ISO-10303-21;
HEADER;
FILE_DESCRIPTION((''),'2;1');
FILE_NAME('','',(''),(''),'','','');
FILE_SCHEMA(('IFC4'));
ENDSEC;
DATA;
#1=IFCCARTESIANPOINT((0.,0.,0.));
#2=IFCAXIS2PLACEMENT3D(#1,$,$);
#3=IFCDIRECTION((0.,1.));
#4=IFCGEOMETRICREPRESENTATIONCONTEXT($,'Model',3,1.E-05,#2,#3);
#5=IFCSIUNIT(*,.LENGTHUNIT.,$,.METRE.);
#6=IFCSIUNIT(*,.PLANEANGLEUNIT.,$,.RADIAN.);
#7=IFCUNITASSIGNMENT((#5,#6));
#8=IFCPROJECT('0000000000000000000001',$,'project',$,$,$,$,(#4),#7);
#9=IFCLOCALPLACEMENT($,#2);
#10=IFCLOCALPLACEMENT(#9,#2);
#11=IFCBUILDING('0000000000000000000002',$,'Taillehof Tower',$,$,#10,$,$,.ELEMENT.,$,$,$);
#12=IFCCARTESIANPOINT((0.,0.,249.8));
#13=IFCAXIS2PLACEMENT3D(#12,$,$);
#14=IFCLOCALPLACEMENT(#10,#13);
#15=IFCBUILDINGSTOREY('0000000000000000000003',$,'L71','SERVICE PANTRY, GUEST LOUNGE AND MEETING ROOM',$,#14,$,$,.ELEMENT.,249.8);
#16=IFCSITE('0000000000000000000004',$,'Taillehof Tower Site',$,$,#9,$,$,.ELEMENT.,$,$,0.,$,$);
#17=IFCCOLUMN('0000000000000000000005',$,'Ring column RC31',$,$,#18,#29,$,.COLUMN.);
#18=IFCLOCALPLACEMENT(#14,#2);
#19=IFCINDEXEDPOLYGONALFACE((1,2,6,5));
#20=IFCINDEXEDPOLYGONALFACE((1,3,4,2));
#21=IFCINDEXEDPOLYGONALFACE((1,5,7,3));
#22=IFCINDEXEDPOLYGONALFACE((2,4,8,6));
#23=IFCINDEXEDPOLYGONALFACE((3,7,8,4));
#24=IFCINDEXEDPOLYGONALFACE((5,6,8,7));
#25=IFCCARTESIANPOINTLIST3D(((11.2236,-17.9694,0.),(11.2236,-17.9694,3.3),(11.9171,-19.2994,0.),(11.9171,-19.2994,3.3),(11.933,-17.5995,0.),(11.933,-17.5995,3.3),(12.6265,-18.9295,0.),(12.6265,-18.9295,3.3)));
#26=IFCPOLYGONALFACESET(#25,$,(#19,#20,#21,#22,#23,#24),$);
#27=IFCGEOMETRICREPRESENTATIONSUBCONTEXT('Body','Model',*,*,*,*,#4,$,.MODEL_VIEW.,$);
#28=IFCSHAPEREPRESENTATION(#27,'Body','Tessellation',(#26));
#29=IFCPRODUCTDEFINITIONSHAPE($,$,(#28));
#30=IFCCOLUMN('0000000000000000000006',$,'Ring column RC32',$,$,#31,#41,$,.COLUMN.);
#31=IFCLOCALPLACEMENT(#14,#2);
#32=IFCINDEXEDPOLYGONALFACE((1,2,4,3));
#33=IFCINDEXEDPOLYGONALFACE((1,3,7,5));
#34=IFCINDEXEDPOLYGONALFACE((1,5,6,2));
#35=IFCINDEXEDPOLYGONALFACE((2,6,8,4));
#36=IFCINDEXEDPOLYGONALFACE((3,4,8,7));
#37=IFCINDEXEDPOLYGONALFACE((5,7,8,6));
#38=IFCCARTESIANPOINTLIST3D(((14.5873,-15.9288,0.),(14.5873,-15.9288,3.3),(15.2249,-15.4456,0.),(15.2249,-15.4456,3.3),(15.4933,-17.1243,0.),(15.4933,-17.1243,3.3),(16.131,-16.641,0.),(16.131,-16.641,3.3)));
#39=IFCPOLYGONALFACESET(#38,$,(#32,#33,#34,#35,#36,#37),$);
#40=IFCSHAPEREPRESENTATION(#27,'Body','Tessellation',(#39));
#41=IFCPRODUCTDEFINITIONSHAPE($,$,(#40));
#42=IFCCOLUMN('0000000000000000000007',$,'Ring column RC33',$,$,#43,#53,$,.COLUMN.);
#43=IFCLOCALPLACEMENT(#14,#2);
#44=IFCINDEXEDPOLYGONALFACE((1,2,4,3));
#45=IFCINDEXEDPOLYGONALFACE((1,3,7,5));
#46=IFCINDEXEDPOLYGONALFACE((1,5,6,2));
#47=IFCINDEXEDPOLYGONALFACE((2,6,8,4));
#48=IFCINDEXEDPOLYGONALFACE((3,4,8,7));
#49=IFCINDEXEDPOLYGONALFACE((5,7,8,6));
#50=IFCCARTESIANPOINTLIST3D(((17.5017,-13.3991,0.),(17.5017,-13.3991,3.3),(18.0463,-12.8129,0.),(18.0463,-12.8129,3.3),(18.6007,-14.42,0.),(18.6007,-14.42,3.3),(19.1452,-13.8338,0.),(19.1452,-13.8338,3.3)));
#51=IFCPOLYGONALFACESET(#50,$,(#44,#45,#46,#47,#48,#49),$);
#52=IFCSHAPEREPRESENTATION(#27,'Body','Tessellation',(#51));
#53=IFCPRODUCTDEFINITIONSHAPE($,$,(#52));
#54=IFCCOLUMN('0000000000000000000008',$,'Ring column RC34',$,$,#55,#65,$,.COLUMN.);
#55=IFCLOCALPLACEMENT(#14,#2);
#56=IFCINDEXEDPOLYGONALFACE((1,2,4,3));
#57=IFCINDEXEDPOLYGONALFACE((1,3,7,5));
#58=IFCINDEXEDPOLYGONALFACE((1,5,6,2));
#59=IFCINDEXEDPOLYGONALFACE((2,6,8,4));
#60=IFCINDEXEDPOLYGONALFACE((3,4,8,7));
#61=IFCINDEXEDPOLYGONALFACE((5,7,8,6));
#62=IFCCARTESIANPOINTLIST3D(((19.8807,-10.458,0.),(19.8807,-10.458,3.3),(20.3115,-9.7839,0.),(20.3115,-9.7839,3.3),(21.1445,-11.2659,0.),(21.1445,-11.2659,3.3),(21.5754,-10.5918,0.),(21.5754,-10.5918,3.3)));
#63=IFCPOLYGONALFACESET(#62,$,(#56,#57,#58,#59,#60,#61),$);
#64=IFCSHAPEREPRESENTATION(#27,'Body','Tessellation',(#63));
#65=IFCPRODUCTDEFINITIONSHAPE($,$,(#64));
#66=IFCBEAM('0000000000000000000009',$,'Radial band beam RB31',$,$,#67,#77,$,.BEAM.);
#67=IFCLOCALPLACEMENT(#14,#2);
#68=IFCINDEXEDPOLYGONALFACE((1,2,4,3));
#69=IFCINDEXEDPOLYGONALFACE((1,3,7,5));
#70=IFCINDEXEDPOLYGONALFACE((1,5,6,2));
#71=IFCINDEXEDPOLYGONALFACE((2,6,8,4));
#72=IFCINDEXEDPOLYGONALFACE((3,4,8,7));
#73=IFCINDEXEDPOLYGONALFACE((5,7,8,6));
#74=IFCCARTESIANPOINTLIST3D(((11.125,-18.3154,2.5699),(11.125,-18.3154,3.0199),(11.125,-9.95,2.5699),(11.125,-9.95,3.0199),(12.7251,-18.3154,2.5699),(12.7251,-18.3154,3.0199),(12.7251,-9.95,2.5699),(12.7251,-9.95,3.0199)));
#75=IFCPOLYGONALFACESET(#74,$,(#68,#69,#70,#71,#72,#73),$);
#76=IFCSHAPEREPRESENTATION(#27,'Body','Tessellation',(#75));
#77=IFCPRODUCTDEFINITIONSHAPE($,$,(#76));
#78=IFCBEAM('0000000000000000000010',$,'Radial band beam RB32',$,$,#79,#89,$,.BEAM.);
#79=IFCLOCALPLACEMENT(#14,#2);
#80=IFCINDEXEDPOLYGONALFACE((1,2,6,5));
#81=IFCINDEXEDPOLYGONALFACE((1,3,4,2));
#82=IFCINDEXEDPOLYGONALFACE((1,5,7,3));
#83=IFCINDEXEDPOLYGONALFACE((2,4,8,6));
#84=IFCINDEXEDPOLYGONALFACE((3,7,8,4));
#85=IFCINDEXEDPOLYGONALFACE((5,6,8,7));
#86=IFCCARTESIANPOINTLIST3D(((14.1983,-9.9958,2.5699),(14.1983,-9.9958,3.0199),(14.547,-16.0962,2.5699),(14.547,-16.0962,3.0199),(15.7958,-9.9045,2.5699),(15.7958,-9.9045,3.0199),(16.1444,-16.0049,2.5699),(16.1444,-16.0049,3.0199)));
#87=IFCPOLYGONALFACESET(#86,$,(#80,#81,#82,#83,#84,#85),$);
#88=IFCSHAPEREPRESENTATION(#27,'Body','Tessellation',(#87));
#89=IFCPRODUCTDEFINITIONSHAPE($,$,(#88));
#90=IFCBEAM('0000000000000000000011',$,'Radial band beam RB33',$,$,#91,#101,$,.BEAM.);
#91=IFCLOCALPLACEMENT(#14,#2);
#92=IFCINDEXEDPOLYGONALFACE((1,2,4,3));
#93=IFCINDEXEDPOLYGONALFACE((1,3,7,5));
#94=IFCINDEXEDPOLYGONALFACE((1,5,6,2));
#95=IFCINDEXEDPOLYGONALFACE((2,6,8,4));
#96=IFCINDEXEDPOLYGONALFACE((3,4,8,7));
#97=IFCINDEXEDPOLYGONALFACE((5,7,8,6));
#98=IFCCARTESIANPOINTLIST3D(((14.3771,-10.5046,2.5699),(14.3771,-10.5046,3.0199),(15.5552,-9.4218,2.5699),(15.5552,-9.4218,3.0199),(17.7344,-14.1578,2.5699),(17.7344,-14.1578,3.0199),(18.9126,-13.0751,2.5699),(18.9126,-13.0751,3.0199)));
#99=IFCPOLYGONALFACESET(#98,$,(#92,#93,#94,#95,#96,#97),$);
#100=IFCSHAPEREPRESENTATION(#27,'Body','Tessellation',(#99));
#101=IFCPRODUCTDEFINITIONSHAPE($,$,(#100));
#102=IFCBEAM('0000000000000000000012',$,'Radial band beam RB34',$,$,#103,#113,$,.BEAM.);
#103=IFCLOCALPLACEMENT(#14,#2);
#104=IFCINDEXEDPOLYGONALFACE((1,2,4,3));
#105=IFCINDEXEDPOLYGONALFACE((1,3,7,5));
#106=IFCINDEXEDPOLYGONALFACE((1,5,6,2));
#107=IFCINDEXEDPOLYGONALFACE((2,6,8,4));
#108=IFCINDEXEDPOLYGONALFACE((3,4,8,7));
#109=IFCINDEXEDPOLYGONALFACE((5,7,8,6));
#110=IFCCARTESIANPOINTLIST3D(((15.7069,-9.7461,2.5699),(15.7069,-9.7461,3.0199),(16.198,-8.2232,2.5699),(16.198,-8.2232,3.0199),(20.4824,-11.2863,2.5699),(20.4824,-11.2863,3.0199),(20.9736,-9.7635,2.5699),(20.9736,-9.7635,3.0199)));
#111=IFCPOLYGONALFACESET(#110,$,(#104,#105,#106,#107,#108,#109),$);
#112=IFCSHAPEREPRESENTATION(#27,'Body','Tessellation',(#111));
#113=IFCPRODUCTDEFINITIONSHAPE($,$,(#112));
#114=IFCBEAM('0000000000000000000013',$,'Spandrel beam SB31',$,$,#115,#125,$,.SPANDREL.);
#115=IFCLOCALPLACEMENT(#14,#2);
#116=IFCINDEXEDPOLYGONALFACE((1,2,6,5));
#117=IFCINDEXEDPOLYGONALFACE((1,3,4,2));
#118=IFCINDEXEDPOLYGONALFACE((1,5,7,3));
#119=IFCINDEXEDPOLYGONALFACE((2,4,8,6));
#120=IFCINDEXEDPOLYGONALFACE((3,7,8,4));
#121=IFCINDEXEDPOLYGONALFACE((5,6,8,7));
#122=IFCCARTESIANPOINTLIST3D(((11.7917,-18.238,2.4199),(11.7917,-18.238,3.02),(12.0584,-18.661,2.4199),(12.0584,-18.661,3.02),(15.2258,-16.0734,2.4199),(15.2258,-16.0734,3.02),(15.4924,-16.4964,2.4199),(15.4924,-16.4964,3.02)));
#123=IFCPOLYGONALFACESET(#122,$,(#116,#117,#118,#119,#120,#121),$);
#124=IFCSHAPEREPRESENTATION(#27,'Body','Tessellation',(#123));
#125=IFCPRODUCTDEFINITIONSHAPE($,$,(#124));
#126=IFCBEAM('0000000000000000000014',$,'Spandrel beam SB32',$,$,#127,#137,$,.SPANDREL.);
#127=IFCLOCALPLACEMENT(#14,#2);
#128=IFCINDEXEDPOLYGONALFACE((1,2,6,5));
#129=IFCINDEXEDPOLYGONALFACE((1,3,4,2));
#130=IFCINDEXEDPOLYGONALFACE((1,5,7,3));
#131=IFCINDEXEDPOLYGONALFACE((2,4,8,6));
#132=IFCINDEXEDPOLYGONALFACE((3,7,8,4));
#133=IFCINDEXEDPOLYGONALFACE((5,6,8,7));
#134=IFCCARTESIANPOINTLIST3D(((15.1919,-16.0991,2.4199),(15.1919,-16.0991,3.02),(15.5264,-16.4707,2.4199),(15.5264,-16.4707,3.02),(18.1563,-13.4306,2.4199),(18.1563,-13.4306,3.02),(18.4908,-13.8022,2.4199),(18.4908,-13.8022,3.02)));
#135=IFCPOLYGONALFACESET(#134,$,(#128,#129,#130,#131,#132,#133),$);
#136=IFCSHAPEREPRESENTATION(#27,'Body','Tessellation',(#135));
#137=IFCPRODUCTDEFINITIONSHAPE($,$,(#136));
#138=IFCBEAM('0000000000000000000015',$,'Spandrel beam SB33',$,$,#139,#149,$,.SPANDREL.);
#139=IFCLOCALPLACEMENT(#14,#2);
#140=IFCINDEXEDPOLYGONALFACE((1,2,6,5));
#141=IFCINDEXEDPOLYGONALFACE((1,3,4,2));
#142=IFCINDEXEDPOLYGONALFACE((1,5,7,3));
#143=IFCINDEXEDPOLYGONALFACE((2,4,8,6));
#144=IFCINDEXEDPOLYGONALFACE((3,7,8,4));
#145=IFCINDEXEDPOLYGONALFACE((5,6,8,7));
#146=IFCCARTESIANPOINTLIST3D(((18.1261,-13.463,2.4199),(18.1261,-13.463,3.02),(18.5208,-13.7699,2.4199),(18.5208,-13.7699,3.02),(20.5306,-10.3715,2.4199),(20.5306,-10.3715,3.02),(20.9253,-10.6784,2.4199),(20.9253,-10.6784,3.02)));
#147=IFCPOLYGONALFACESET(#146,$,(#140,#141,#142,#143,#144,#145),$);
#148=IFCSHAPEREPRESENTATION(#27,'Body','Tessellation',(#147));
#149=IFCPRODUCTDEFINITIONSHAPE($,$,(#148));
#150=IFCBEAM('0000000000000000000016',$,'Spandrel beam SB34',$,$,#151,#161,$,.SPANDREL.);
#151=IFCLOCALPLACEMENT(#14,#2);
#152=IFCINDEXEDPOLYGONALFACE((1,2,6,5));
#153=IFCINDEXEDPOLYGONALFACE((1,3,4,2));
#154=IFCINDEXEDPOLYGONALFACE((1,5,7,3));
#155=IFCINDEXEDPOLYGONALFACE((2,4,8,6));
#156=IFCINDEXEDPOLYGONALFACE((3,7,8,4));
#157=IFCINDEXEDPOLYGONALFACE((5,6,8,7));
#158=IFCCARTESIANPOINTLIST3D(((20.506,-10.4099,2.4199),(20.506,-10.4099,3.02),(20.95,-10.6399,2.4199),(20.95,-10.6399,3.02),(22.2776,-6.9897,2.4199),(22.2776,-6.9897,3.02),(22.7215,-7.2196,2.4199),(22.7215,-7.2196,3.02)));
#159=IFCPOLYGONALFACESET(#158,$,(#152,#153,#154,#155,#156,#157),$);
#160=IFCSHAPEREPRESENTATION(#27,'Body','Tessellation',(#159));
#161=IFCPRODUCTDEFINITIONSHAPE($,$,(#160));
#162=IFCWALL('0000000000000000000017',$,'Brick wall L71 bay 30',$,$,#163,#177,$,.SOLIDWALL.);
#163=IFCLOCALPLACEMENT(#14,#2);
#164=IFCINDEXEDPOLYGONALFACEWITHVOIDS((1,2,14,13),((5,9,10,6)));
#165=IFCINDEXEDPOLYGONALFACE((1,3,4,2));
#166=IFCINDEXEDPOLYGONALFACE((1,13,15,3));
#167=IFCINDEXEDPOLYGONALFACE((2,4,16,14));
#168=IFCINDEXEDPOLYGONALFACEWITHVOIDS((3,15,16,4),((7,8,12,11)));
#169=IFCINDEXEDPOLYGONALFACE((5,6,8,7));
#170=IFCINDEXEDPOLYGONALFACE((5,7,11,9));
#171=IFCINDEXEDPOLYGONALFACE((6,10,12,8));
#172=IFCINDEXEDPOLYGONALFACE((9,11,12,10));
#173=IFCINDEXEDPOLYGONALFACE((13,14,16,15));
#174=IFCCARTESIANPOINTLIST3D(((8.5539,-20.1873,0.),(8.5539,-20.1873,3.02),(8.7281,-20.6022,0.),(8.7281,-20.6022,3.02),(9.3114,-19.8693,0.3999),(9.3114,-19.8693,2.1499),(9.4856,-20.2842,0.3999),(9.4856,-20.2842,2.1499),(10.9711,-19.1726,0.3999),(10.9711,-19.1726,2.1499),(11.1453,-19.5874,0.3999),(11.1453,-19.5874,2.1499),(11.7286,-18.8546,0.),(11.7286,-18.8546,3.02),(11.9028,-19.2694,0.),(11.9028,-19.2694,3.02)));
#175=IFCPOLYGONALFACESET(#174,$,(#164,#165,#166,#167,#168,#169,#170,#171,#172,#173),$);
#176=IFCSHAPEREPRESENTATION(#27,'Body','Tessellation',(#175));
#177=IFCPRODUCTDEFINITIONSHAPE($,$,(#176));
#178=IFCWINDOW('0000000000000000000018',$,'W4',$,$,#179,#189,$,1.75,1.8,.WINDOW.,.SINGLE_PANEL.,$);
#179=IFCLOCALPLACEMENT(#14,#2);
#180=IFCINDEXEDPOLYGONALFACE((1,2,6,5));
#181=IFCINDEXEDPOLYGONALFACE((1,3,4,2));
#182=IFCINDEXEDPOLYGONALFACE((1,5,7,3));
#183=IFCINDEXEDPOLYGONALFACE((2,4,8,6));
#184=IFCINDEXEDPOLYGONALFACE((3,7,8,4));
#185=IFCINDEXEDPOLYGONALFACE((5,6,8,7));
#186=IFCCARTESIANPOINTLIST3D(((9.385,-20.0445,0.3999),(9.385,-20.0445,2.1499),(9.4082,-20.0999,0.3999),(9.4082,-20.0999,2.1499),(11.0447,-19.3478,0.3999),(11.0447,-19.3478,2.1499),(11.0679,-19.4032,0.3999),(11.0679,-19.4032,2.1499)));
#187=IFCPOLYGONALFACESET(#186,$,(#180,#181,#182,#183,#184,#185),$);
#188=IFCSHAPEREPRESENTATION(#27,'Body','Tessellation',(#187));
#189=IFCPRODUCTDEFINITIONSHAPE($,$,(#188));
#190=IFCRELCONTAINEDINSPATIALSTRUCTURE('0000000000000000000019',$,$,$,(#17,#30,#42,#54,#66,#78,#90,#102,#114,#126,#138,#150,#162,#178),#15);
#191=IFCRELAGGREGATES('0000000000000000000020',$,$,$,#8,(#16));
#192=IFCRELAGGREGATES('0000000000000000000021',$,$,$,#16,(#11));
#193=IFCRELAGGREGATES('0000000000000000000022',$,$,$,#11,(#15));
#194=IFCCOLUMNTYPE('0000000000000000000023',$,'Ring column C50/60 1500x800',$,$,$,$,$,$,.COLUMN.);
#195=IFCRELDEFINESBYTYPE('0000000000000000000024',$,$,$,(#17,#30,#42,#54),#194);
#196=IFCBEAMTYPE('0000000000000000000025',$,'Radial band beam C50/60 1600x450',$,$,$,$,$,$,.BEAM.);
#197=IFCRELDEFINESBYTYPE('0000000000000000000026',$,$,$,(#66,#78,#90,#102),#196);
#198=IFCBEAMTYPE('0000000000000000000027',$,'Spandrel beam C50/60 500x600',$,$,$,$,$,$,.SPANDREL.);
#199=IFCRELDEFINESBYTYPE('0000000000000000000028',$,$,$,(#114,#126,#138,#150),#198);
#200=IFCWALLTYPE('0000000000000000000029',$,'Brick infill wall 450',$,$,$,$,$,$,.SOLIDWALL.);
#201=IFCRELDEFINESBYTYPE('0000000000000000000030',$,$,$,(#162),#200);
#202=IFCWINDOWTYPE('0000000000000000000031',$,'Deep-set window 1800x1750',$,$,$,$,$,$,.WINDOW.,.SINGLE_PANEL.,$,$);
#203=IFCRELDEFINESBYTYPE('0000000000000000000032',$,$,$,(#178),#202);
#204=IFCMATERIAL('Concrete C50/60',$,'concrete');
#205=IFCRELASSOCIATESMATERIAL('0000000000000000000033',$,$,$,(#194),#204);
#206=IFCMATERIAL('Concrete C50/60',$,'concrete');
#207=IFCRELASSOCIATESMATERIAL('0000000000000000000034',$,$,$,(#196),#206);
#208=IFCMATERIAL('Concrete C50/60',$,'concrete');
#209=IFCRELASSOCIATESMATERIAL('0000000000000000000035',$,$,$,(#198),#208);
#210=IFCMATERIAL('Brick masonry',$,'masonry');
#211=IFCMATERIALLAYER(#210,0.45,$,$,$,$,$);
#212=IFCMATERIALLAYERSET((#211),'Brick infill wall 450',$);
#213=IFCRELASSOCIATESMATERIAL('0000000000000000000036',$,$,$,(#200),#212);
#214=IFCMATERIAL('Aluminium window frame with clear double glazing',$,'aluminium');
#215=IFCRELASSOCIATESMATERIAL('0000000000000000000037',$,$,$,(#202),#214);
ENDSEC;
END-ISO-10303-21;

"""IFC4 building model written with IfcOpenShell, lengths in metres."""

from ifc_helpers import new_model, si_unit, direction, frame, frame_2d, origin, origin_2d, place, context, subcontext, project, spatial, rectangle, extrude, material, layer, layer_set, material_profile, profile_set, type_object, element, fill, save


model = new_model("IFC4")

# Units and contexts
model_context = context("Model", 3, precision=1e-05, world=origin(), true_north=direction((0.0, 1.0)))
body_context = subcontext(model_context, "Body", "Model", "MODEL_VIEW")
ifc_project = project(units=[si_unit("LENGTHUNIT", "METRE"), si_unit("PLANEANGLEUNIT", "RADIAN")], contexts=[model_context])

# Site, building, storey
site_placement = place(None, origin())
site = spatial("IfcSite", under=ifc_project, at=site_placement, Name="Taillehof Tower Site", CompositionType="ELEMENT", RefElevation=0.0)
building_placement = place(site_placement, origin())
building = spatial("IfcBuilding", under=site, at=building_placement, Name="Taillehof Tower", CompositionType="ELEMENT")
storey_placement = place(building_placement, frame((0.0, 0.0, 249.8)))
storey = spatial("IfcBuildingStorey", under=building, at=storey_placement, Name="L71", Description="SERVICE PANTRY, GUEST LOUNGE AND MEETING ROOM", CompositionType="ELEMENT", Elevation=249.8)

# Columns
ifc_material_1 = material(Name="Concrete C50/60", Category="concrete")
ifc_material_profile_1 = material_profile(ifc_material_1, rectangle(XDim=1.5, YDim=0.8, at=origin_2d()), Name="RC 1500x800")
ifc_profile_set_1 = profile_set([ifc_material_profile_1], Name="Concrete C50/60")
column_type = type_object("IfcColumnType", Name="Ring column C50/60 1500x800", PredefinedType="COLUMN", material=ifc_profile_set_1)
for number, where, z_axis, x_axis, name in (
    (1, (11.925, -18.4495, 0.0), (0.0, 0.0, 1.0), (0.462384, -0.88668, 0.0), "Ring column RC31"),
    (2, (15.3591, -16.2849, 0.0), (0.0, 0.0, 1.0), (0.60402, -0.796969, 0.0), "Ring column RC32"),
    (3, (18.3235, -13.6165, 0.0), (0.0, 0.0, 1.0), (0.732636, -0.680621, 0.0), "Ring column RC33"),
    (4, (20.728, -10.5249, 0.0), (0.0, 0.0, 1.0), (0.842574, -0.538581, 0.0), "Ring column RC34"),
):
    element("IfcColumn", number, at=place(storey_placement, frame(where, z_axis=z_axis, x_axis=x_axis)), inside=storey, type_object=column_type, Name=name, PredefinedType="COLUMN", context=body_context, shape_type="SweptSolid", body=[
        extrude(rectangle(XDim=1.5, YDim=0.8, at=origin_2d()), origin(), (0.0, 0.0, 1.0), 3.3),
    ])

# Beams
ifc_material_2 = material(Name="Concrete C50/60", Category="concrete")
ifc_material_profile_2 = material_profile(ifc_material_2, rectangle(XDim=1.6001, YDim=0.45, at=origin_2d()), Name="RC 1600x450")
ifc_profile_set_2 = profile_set([ifc_material_profile_2], Name="Concrete C50/60")
beam_type_1 = type_object("IfcBeamType", Name="Radial band beam C50/60 1600x450", PredefinedType="BEAM", material=ifc_profile_set_2)
beam_1_placement = place(storey_placement, frame((11.925, -18.3154, 2.7949), z_axis=(0.0, 1.0, 0.0), x_axis=(-1.0, 0.0, 0.0)))
element("IfcBeam", 5, at=beam_1_placement, inside=storey, type_object=beam_type_1, Name="Radial band beam RB31", PredefinedType="BEAM", context=body_context, shape_type="SweptSolid", body=[
    extrude(rectangle(XDim=1.6001, YDim=0.45, at=origin_2d()), origin(), (0.0, 0.0, 1.0), 8.3655),
])
beam_2_placement = place(storey_placement, frame((15.3457, -16.0505, 2.7949), z_axis=(-0.057057, 0.998371, 0.0), x_axis=(-0.998371, -0.057057, 0.0)))
element("IfcBeam", 6, at=beam_2_placement, inside=storey, type_object=beam_type_1, Name="Radial band beam RB32", PredefinedType="BEAM", context=body_context, shape_type="SweptSolid", body=[
    extrude(rectangle(XDim=1.6001, YDim=0.45, at=origin_2d()), origin(), (0.0, 0.0, 1.0), 6.1104),
])
beam_3_placement = place(storey_placement, frame((18.3235, -13.6165, 2.7949), z_axis=(-0.67666, 0.736296, 0.0), x_axis=(-0.736296, -0.67666, 0.0)))
element("IfcBeam", 7, at=beam_3_placement, inside=storey, type_object=beam_type_1, Name="Radial band beam RB33", PredefinedType="BEAM", context=body_context, shape_type="SweptSolid", body=[
    extrude(rectangle(XDim=1.6001, YDim=0.45, at=origin_2d()), origin(), (0.0, 0.0, 1.0), 4.9617),
])
beam_4_placement = place(storey_placement, frame((20.728, -10.5249, 2.7949), z_axis=(-0.951723, 0.306959, 0.0), x_axis=(-0.306959, -0.951723, 0.0)))
element("IfcBeam", 8, at=beam_4_placement, inside=storey, type_object=beam_type_1, Name="Radial band beam RB34", PredefinedType="BEAM", context=body_context, shape_type="SweptSolid", body=[
    extrude(rectangle(XDim=1.6001, YDim=0.45, at=origin_2d()), origin(), (0.0, 0.0, 1.0), 5.0178),
])
ifc_material_3 = material(Name="Concrete C50/60", Category="concrete")
ifc_material_profile_3 = material_profile(ifc_material_3, rectangle(XDim=0.5, YDim=0.6001, at=origin_2d()), Name="RC 500x600")
ifc_profile_set_3 = profile_set([ifc_material_profile_3], Name="Concrete C50/60")
beam_type_2 = type_object("IfcBeamType", Name="Spandrel beam C50/60 500x600", PredefinedType="SPANDREL", material=ifc_profile_set_3)
beam_5_placement = place(storey_placement, frame((11.925, -18.4495, 2.72), z_axis=(0.845972, 0.533228, 0.0), x_axis=(-0.533228, 0.845972, 0.0)))
element("IfcBeam", 9, at=beam_5_placement, inside=storey, type_object=beam_type_2, Name="Spandrel beam SB31", PredefinedType="SPANDREL", context=body_context, shape_type="SweptSolid", body=[
    extrude(rectangle(XDim=0.5, YDim=0.6001, at=origin_2d()), origin(), (0.0, 0.0, 1.0), 4.0593),
])
beam_6_placement = place(storey_placement, frame((15.3591, -16.2849, 2.72), z_axis=(0.743227, 0.669039, 0.0), x_axis=(-0.669039, 0.743227, 0.0)))
element("IfcBeam", 10, at=beam_6_placement, inside=storey, type_object=beam_type_2, Name="Spandrel beam SB32", PredefinedType="SPANDREL", context=body_context, shape_type="SweptSolid", body=[
    extrude(rectangle(XDim=0.5, YDim=0.6001, at=origin_2d()), origin(), (0.0, 0.0, 1.0), 3.9885),
])
beam_7_placement = place(storey_placement, frame((18.3235, -13.6165, 2.72), z_axis=(0.613941, 0.789352, 0.0), x_axis=(-0.789352, 0.613941, 0.0)))
element("IfcBeam", 11, at=beam_7_placement, inside=storey, type_object=beam_type_2, Name="Spandrel beam SB33", PredefinedType="SPANDREL", context=body_context, shape_type="SweptSolid", body=[
    extrude(rectangle(XDim=0.5, YDim=0.6001, at=origin_2d()), origin(), (0.0, 0.0, 1.0), 3.9165),
])
beam_8_placement = place(storey_placement, frame((20.728, -10.5249, 2.72), z_axis=(0.459921, 0.88796, 0.0), x_axis=(-0.88796, 0.459921, 0.0)))
element("IfcBeam", 12, at=beam_8_placement, inside=storey, type_object=beam_type_2, Name="Spandrel beam SB34", PredefinedType="SPANDREL", context=body_context, shape_type="SweptSolid", body=[
    extrude(rectangle(XDim=0.5, YDim=0.6001, at=origin_2d()), origin(), (0.0, 0.0, 1.0), 3.8518),
])

# Wall, opening, window
ifc_material_4 = material(Name="Brick masonry", Category="masonry")
ifc_layer_1 = layer(ifc_material_4, 0.45)
ifc_layer_set_1 = layer_set([ifc_layer_1], Name="Brick infill wall 450")
wall_type_1 = type_object("IfcWallType", Name="Brick infill wall 450", PredefinedType="SOLIDWALL", material=ifc_layer_set_1)
wall_1_placement = place(storey_placement, frame((8.6409, -20.3948, 0.0), z_axis=(0.0, 0.0, 1.0), x_axis=(0.92205, 0.387071, 0.0)))
wall_1 = element("IfcWall", 13, at=wall_1_placement, inside=storey, type_object=wall_type_1, Name="Brick wall L71 bay 30", PredefinedType="SOLIDWALL", context=body_context, shape_type="SweptSolid", body=[
    extrude(rectangle(XDim=3.4431, YDim=0.45, at=frame_2d((1.7217, 0.0))), origin(), (0.0, 0.0, 1.0), 3.02),
])
opening_1_placement = place(wall_1_placement, frame((0.8218, 0.0, 0.3999)))
opening_1 = element("IfcOpeningElement", 14, at=opening_1_placement, cuts=wall_1, PredefinedType="OPENING", context=body_context, shape_type="SweptSolid", body=[
    extrude(rectangle(XDim=1.8, YDim=1.75, at=frame_2d((0.8999, 0.875))), frame((0.0, 0.2349, 0.0), z_axis=(0.0, -1.0, 0.0), x_axis=(1.0, 0.0, 0.0)), (0.0, 0.0, 1.0), 0.47),
])
ifc_material_5 = material(Name="Aluminium window frame with clear double glazing", Category="aluminium")
window_type = type_object("IfcWindowType", Name="Deep-set window 1800x1750", PartitioningType="SINGLE_PANEL", PredefinedType="WINDOW", material=ifc_material_5)
window_1_placement = place(opening_1_placement, origin())
window_1 = element("IfcWindow", 15, at=window_1_placement, inside=storey, type_object=window_type, Name="W4", OverallHeight=1.75, OverallWidth=1.8, PartitioningType="SINGLE_PANEL", PredefinedType="WINDOW", context=body_context, shape_type="SweptSolid", body=[
    extrude(rectangle(XDim=1.8, YDim=1.75, at=frame_2d((0.8999, 0.875))), frame((0.0, 0.0349, 0.0), z_axis=(0.0, -1.0, 0.0), x_axis=(1.0, 0.0, 0.0)), (0.0, 0.0, 1.0), 0.0601),
])
fill(opening_1, window_1)

save(model, "model.ifc")
